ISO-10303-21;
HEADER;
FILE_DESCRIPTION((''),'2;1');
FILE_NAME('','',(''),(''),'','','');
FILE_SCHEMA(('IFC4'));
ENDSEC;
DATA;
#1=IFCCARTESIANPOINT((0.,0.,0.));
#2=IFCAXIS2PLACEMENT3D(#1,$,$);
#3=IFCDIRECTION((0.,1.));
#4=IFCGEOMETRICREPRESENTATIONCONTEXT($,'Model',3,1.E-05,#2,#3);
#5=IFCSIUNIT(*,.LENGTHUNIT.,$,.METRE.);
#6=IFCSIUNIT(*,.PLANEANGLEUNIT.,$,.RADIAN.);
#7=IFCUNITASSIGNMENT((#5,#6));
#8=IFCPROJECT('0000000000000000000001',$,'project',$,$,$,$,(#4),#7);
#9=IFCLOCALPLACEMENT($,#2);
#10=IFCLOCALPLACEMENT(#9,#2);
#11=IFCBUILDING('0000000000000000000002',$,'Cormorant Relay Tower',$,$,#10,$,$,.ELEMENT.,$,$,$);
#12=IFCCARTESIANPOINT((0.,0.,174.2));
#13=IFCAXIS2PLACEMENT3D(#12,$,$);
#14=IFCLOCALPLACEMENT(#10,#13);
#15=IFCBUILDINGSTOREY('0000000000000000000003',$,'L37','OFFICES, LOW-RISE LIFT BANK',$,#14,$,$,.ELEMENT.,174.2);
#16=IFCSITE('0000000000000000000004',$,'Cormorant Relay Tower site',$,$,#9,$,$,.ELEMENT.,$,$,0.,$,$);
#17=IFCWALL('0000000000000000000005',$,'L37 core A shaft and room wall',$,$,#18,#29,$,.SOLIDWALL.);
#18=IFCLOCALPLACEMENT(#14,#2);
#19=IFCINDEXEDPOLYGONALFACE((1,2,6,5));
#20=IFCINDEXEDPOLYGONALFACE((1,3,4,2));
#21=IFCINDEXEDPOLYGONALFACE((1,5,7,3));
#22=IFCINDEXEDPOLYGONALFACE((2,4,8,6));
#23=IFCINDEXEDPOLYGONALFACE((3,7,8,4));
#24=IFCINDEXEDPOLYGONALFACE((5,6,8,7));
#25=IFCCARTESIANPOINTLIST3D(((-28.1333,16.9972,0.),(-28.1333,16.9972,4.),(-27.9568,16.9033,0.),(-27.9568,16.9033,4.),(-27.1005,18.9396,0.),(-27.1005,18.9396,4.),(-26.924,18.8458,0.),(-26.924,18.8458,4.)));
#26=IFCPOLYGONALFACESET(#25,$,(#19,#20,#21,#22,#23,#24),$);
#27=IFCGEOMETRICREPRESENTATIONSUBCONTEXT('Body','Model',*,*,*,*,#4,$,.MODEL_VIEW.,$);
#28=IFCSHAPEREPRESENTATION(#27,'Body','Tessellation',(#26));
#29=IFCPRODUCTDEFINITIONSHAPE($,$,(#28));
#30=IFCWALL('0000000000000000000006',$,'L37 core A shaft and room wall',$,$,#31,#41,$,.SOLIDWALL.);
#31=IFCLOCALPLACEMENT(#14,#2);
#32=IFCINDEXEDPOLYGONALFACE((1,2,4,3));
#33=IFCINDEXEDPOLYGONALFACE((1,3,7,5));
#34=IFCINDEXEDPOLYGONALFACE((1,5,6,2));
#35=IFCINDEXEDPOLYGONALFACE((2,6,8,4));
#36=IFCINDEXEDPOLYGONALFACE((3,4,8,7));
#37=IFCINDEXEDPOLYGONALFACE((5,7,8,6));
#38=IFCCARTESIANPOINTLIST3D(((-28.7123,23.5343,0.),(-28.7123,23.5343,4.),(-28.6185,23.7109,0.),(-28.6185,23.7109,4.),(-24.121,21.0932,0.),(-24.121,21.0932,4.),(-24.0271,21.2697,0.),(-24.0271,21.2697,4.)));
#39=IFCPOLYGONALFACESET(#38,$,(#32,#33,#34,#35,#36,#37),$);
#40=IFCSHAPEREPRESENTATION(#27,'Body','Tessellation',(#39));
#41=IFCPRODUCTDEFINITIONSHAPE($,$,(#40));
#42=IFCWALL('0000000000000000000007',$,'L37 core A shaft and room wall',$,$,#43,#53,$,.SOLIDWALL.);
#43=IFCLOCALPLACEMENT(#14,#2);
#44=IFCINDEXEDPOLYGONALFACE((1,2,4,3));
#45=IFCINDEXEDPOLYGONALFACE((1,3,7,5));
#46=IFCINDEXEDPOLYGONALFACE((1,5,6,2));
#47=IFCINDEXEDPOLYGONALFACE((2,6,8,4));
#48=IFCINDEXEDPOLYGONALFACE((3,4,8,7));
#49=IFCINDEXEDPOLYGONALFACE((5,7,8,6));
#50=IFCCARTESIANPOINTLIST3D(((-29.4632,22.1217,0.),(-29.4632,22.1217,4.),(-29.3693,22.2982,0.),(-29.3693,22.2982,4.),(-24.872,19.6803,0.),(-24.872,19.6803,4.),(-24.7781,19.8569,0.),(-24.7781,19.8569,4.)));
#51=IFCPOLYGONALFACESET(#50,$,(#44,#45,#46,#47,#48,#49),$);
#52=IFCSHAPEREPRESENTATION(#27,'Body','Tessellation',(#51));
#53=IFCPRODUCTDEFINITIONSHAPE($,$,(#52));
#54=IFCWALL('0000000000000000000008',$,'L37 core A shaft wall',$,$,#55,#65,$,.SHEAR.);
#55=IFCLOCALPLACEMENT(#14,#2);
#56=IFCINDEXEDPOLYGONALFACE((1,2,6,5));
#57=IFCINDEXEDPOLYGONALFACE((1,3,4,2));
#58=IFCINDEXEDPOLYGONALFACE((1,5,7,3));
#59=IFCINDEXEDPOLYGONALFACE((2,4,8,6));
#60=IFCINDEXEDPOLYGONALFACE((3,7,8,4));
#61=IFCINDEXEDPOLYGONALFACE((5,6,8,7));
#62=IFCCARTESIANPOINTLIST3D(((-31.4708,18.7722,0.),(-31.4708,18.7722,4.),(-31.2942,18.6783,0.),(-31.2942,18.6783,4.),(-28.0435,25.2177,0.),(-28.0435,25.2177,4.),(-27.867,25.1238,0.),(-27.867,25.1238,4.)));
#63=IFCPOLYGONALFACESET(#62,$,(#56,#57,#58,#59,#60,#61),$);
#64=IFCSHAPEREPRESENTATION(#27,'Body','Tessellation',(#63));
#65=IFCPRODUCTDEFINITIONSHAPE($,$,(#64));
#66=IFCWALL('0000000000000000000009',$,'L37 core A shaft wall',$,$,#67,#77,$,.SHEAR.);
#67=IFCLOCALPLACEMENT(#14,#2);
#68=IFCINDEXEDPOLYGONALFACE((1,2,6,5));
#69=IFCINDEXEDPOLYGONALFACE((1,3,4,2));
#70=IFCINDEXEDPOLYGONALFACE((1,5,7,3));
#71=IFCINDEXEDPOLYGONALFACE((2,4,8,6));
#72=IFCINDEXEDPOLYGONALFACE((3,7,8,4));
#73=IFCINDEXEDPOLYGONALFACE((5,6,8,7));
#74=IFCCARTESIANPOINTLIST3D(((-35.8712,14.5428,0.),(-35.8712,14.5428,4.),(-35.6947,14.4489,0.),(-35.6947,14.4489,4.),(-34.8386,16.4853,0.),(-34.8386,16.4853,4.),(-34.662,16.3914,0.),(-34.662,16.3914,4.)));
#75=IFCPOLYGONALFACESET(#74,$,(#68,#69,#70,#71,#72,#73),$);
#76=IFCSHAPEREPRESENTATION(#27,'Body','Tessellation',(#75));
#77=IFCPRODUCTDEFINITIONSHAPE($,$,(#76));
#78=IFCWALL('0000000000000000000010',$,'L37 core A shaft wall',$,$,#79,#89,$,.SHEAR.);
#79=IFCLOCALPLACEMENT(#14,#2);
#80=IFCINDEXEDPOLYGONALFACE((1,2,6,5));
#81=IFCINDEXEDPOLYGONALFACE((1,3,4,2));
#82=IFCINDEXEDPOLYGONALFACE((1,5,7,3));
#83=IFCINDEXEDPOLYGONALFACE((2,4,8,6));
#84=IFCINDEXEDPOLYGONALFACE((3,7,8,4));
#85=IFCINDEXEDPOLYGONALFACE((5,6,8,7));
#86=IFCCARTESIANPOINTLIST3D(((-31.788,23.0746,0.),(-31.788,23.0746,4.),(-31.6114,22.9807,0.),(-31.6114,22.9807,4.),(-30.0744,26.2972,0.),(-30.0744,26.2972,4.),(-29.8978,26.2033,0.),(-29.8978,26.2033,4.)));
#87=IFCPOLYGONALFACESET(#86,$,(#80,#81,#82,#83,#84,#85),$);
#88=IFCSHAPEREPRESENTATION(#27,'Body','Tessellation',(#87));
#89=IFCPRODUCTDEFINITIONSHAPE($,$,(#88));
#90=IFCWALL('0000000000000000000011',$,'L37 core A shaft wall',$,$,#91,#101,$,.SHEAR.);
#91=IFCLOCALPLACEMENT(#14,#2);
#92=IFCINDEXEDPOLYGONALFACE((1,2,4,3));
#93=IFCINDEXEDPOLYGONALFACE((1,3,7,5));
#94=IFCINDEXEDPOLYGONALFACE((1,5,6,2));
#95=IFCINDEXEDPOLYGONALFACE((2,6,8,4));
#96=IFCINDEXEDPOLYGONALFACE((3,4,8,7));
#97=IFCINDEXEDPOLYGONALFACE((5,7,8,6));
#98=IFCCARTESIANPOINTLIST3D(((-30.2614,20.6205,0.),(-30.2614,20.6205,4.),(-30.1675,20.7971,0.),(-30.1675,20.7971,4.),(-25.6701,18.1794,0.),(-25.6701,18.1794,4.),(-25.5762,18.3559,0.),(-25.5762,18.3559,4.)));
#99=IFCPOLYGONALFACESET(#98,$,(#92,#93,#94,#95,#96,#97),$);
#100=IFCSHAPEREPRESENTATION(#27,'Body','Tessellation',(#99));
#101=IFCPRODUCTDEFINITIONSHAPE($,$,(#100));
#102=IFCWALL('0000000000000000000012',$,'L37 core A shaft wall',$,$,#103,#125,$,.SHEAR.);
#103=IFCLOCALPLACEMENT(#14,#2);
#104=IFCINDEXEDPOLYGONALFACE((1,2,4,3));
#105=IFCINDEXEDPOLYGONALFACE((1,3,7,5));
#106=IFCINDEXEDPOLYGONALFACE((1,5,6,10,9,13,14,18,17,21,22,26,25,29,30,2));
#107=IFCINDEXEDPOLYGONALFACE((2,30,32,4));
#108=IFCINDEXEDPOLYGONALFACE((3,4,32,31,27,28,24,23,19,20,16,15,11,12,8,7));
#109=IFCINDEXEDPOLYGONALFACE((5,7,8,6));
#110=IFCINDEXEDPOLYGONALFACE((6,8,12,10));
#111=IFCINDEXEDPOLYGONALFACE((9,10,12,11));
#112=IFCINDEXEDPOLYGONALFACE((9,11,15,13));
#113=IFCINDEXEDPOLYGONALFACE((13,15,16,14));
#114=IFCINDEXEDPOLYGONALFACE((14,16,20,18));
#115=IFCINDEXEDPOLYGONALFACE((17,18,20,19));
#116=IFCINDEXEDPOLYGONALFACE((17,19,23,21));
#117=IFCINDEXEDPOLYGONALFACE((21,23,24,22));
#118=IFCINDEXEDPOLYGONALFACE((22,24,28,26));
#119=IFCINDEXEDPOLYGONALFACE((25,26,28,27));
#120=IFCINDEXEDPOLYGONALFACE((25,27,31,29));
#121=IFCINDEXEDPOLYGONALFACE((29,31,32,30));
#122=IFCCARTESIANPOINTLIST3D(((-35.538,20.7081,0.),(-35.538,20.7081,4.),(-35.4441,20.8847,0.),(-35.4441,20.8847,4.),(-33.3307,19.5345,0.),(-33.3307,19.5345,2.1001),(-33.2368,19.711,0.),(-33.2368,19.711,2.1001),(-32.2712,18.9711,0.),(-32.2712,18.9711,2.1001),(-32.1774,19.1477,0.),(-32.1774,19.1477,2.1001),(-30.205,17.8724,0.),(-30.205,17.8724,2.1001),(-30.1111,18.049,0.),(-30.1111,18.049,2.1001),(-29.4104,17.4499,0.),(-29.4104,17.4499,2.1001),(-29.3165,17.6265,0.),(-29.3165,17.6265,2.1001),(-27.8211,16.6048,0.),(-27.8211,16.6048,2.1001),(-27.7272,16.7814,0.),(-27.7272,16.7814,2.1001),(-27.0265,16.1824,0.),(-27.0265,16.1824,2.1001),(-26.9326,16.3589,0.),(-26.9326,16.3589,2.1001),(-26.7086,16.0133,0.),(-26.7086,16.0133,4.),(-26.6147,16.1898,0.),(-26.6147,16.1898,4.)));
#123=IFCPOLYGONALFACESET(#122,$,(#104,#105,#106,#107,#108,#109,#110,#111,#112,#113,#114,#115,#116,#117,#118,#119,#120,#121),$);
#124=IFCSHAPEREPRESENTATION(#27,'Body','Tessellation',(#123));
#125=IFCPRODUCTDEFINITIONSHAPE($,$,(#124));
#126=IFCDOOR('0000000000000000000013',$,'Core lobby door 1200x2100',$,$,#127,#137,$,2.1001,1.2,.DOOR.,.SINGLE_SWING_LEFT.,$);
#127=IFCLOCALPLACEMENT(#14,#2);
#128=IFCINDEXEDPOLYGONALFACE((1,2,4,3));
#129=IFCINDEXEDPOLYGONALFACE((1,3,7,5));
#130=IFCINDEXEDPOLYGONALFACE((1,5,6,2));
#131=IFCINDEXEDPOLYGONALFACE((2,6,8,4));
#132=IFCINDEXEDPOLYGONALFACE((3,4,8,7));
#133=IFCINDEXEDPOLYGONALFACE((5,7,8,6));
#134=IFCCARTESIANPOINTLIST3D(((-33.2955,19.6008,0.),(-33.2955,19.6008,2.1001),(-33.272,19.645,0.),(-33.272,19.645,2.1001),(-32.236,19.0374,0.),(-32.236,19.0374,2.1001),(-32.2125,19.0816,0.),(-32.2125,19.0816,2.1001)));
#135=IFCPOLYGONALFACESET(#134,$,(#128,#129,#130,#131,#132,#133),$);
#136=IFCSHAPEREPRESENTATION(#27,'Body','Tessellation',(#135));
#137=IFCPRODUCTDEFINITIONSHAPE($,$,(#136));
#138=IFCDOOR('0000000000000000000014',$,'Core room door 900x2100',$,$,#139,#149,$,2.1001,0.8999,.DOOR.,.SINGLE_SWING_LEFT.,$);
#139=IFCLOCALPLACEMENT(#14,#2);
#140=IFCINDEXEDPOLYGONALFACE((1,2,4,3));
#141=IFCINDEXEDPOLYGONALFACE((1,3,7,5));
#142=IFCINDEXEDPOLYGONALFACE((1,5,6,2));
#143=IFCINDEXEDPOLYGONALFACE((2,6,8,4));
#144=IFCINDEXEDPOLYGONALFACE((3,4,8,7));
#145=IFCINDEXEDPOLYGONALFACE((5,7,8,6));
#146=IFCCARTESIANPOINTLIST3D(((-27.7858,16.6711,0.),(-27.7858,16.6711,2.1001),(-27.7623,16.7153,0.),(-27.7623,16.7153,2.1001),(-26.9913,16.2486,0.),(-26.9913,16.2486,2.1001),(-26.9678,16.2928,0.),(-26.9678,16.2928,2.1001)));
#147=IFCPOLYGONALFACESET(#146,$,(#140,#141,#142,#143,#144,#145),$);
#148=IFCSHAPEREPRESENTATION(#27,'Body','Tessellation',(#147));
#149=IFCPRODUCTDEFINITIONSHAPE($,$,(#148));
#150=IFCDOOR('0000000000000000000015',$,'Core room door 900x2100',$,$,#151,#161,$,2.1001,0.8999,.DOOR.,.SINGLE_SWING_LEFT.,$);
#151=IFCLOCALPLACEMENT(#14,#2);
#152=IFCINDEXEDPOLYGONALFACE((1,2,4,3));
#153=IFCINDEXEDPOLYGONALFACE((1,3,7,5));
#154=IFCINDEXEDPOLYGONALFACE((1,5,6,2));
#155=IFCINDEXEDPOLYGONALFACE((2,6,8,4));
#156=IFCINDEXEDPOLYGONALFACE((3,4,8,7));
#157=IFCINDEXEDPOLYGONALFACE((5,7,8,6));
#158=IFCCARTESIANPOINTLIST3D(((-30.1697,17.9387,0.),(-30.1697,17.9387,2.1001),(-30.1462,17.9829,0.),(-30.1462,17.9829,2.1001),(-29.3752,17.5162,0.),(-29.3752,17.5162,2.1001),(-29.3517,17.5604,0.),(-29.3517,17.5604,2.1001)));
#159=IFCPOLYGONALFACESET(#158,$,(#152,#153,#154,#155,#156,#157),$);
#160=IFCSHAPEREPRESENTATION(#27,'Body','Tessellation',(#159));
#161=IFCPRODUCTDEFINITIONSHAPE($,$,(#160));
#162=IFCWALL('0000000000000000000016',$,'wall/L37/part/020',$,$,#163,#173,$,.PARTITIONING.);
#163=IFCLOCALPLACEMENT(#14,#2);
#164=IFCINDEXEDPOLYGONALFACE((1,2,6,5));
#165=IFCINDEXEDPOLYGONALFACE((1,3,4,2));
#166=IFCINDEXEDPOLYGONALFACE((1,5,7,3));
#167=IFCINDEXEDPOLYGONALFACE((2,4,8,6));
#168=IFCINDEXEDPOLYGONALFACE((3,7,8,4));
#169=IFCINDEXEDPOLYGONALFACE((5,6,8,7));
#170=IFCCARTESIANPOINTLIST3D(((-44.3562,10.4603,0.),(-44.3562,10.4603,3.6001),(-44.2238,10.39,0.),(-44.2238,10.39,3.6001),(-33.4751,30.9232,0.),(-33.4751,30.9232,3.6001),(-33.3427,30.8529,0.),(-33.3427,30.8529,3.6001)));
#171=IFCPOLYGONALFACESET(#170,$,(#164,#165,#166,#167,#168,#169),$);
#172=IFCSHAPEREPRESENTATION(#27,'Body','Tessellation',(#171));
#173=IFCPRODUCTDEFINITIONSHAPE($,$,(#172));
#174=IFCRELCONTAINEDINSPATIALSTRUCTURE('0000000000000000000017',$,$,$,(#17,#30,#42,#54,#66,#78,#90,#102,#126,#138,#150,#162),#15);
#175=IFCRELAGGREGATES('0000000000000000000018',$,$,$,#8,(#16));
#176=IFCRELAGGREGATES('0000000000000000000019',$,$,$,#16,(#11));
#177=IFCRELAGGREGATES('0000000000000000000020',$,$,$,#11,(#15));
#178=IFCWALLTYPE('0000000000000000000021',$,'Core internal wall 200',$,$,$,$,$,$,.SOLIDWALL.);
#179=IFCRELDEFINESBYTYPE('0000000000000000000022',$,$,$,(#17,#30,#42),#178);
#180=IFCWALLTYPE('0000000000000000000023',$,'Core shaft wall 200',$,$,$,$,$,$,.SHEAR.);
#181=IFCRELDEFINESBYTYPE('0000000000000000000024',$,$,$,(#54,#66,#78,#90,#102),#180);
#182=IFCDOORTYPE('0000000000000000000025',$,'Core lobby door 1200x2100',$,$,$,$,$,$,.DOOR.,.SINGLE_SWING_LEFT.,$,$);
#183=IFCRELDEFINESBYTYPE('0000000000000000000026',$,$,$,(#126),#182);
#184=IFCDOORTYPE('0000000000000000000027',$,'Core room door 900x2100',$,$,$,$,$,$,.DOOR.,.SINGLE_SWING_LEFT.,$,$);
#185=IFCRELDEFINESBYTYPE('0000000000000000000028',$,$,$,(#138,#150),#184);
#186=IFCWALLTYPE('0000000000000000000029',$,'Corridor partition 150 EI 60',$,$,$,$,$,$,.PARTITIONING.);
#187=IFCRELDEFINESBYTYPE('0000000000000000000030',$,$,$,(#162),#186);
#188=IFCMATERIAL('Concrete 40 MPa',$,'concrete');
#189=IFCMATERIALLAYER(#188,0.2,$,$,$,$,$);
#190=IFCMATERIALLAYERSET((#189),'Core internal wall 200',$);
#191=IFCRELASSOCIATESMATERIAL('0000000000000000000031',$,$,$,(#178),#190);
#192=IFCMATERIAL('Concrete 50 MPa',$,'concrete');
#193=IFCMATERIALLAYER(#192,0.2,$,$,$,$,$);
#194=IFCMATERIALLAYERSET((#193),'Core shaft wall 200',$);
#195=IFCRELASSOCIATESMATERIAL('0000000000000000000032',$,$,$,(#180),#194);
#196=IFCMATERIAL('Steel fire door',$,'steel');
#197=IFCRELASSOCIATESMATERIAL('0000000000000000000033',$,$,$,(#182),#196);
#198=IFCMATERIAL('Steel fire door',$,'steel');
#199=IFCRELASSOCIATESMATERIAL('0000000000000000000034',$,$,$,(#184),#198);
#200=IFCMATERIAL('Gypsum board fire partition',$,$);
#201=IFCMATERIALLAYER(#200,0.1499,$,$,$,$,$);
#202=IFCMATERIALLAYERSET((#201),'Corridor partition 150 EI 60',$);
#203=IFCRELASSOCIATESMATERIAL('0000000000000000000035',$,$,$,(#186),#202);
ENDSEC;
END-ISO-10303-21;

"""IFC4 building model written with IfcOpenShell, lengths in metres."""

from ifc_helpers import new_model, si_unit, direction, frame, frame_2d, origin, place, context, subcontext, project, spatial, rectangle, extrude, material, layer, layer_set, type_object, element, fill, save


model = new_model("IFC4")

# Units and contexts
model_context = context("Model", 3, precision=1e-05, world=origin(), true_north=direction((0.0, 1.0)))
body_context = subcontext(model_context, "Body", "Model", "MODEL_VIEW")
ifc_project = project(units=[si_unit("LENGTHUNIT", "METRE"), si_unit("PLANEANGLEUNIT", "RADIAN")], contexts=[model_context])

# Site, building, storey
site_placement = place(None, origin())
site = spatial("IfcSite", under=ifc_project, at=site_placement, Name="Cormorant Relay Tower site", CompositionType="ELEMENT", RefElevation=0.0)
building_placement = place(site_placement, origin())
building = spatial("IfcBuilding", under=site, at=building_placement, Name="Cormorant Relay Tower", CompositionType="ELEMENT")
storey_placement = place(building_placement, frame((0.0, 0.0, 174.2)))
storey = spatial("IfcBuildingStorey", under=building, at=storey_placement, Name="L37", Description="OFFICES, LOW-RISE LIFT BANK", CompositionType="ELEMENT", Elevation=174.2)

# Walls
ifc_material_1 = material(Name="Concrete 40 MPa", Category="concrete")
ifc_layer_1 = layer(ifc_material_1, 0.2)
ifc_layer_set_1 = layer_set([ifc_layer_1], Name="Core internal wall 200")
wall_type_1 = type_object("IfcWallType", Name="Core internal wall 200", PredefinedType="SOLIDWALL", material=ifc_layer_set_1)
wall_1_placement = place(storey_placement, frame((-27.0122, 18.8928, 0.0), z_axis=(0.0, 0.0, 1.0), x_axis=(-0.469447, -0.88296, 0.0)))
element("IfcWall", 1, at=wall_1_placement, inside=storey, type_object=wall_type_1, Name="L37 core A shaft and room wall", PredefinedType="SOLIDWALL", context=body_context, shape_type="SweptSolid", body=[
    extrude(rectangle(XDim=2.2, YDim=0.2, at=frame_2d((1.1001, 0.0))), origin(), (0.0, 0.0, 1.0), 4.0),
])
for number, where, z_axis, x_axis, name in (
    (2, (-24.074, 21.1814, 0.0), (0.0, 0.0, 1.0), (-0.882954, 0.46946, 0.0), "L37 core A shaft and room wall"),
    (3, (-24.825, 19.7686, 0.0), (0.0, 0.0, 1.0), (-0.882935, 0.469496, 0.0), "L37 core A shaft and room wall"),
):
    element("IfcWall", number, at=place(storey_placement, frame(where, z_axis=z_axis, x_axis=x_axis)), inside=storey, type_object=wall_type_1, Name=name, PredefinedType="SOLIDWALL", context=body_context, shape_type="SweptSolid", body=[
        extrude(rectangle(XDim=5.2, YDim=0.2, at=frame_2d((2.6001, 0.0))), origin(), (0.0, 0.0, 1.0), 4.0),
    ])
ifc_material_2 = material(Name="Concrete 50 MPa", Category="concrete")
ifc_layer_2 = layer(ifc_material_2, 0.2)
ifc_layer_set_2 = layer_set([ifc_layer_2], Name="Core shaft wall 200")
wall_type_2 = type_object("IfcWallType", Name="Core shaft wall 200", PredefinedType="SHEAR", material=ifc_layer_set_2)
wall_2_placement = place(storey_placement, frame((-27.9553, 25.1707, 0.0), z_axis=(0.0, 0.0, 1.0), x_axis=(-0.46948, -0.882943, 0.0)))
element("IfcWall", 4, at=wall_2_placement, inside=storey, type_object=wall_type_2, Name="L37 core A shaft wall", PredefinedType="SHEAR", context=body_context, shape_type="SweptSolid", body=[
    extrude(rectangle(XDim=7.3, YDim=0.2, at=frame_2d((3.6499, 0.0))), origin(), (0.0, 0.0, 1.0), 4.0),
])
wall_3_placement = place(storey_placement, frame((-34.7502, 16.4385, 0.0), z_axis=(0.0, 0.0, 1.0), x_axis=(-0.469401, -0.882985, 0.0)))
element("IfcWall", 5, at=wall_3_placement, inside=storey, type_object=wall_type_2, Name="L37 core A shaft wall", PredefinedType="SHEAR", context=body_context, shape_type="SweptSolid", body=[
    extrude(rectangle(XDim=2.2, YDim=0.2, at=frame_2d((1.1001, 0.0))), origin(), (0.0, 0.0, 1.0), 4.0),
])
wall_4_placement = place(storey_placement, frame((-29.9861, 26.2502, 0.0), z_axis=(0.0, 0.0, 1.0), x_axis=(-0.469494, -0.882936, 0.0)))
element("IfcWall", 6, at=wall_4_placement, inside=storey, type_object=wall_type_2, Name="L37 core A shaft wall", PredefinedType="SHEAR", context=body_context, shape_type="SweptSolid", body=[
    extrude(rectangle(XDim=3.6499, YDim=0.2, at=frame_2d((1.825, 0.0))), origin(), (0.0, 0.0, 1.0), 4.0),
])

# Wall
wall_5_placement = place(storey_placement, frame((-25.623, 18.2676, 0.0), z_axis=(0.0, 0.0, 1.0), x_axis=(-0.882954, 0.46946, 0.0)))
element("IfcWall", 7, at=wall_5_placement, inside=storey, type_object=wall_type_2, Name="L37 core A shaft wall", PredefinedType="SHEAR", context=body_context, shape_type="SweptSolid", body=[
    extrude(rectangle(XDim=5.2, YDim=0.2, at=frame_2d((2.6001, 0.0))), origin(), (0.0, 0.0, 1.0), 4.0),
])

# Wall, openings, doors
wall_6_placement = place(storey_placement, frame((-26.6616, 16.1016, 0.0), z_axis=(0.0, 0.0, 1.0), x_axis=(-0.88294, 0.469485, 0.0)))
wall_6 = element("IfcWall", 8, at=wall_6_placement, inside=storey, type_object=wall_type_2, Name="L37 core A shaft wall", PredefinedType="SHEAR", context=body_context, shape_type="SweptSolid", body=[
    extrude(rectangle(XDim=10.0, YDim=0.2, at=frame_2d((5.0, 0.0))), origin(), (0.0, 0.0, 1.0), 4.0),
])
opening_1_placement = place(wall_6_placement, frame((6.3, 0.0, 0.0)))
opening_1 = element("IfcOpeningElement", 9, at=opening_1_placement, cuts=wall_6, PredefinedType="OPENING", context=body_context, shape_type="SweptSolid", body=[
    extrude(rectangle(XDim=1.2, YDim=2.1001, at=frame_2d((0.6001, 1.05))), frame((0.0, 0.1099, 0.0), z_axis=(0.0, -1.0, 0.0), x_axis=(1.0, 0.0, 0.0)), (0.0, 0.0, 1.0), 0.22),
])
opening_2_placement = place(wall_6_placement, frame((0.3601, 0.0, 0.0)))
opening_2 = element("IfcOpeningElement", 10, at=opening_2_placement, cuts=wall_6, PredefinedType="OPENING", context=body_context, shape_type="SweptSolid", body=[
    extrude(rectangle(XDim=0.8999, YDim=2.1001, at=frame_2d((0.45, 1.05))), frame((0.0, 0.1099, 0.0), z_axis=(0.0, -1.0, 0.0), x_axis=(1.0, 0.0, 0.0)), (0.0, 0.0, 1.0), 0.22),
])
opening_3_placement = place(wall_6_placement, frame((3.0601, 0.0, 0.0)))
opening_3 = element("IfcOpeningElement", 11, at=opening_3_placement, cuts=wall_6, PredefinedType="OPENING", context=body_context, shape_type="SweptSolid", body=[
    extrude(rectangle(XDim=0.8999, YDim=2.1001, at=frame_2d((0.45, 1.05))), frame((0.0, 0.1099, 0.0), z_axis=(0.0, -1.0, 0.0), x_axis=(1.0, 0.0, 0.0)), (0.0, 0.0, 1.0), 0.22),
])
ifc_material_3 = material(Name="Steel fire door", Category="steel")
door_type_1 = type_object("IfcDoorType", Name="Core lobby door 1200x2100", OperationType="SINGLE_SWING_LEFT", PredefinedType="DOOR", material=ifc_material_3)
door_1_placement = place(opening_1_placement, origin())
door_1 = element("IfcDoor", 12, at=door_1_placement, inside=storey, type_object=door_type_1, Name="Core lobby door 1200x2100", OperationType="SINGLE_SWING_LEFT", OverallHeight=2.1001, OverallWidth=1.2, PredefinedType="DOOR", context=body_context, shape_type="SweptSolid", body=[
    extrude(rectangle(XDim=1.2, YDim=2.1001, at=frame_2d((0.6001, 1.05))), frame((0.0, 0.0249, 0.0), z_axis=(0.0, -1.0, 0.0), x_axis=(1.0, 0.0, 0.0)), (0.0, 0.0, 1.0), 0.05),
])
fill(opening_1, door_1)
ifc_material_4 = material(Name="Steel fire door", Category="steel")
door_type_2 = type_object("IfcDoorType", Name="Core room door 900x2100", OperationType="SINGLE_SWING_LEFT", PredefinedType="DOOR", material=ifc_material_4)
door_2_placement = place(opening_2_placement, origin())
door_2 = element("IfcDoor", 13, at=door_2_placement, inside=storey, type_object=door_type_2, Name="Core room door 900x2100", OperationType="SINGLE_SWING_LEFT", OverallHeight=2.1001, OverallWidth=0.8999, PredefinedType="DOOR", context=body_context, shape_type="SweptSolid", body=[
    extrude(rectangle(XDim=0.8999, YDim=2.1001, at=frame_2d((0.45, 1.05))), frame((0.0, 0.0249, 0.0), z_axis=(0.0, -1.0, 0.0), x_axis=(1.0, 0.0, 0.0)), (0.0, 0.0, 1.0), 0.05),
])
fill(opening_2, door_2)
door_3_placement = place(opening_3_placement, origin())
door_3 = element("IfcDoor", 14, at=door_3_placement, inside=storey, type_object=door_type_2, Name="Core room door 900x2100", OperationType="SINGLE_SWING_LEFT", OverallHeight=2.1001, OverallWidth=0.8999, PredefinedType="DOOR", context=body_context, shape_type="SweptSolid", body=[
    extrude(rectangle(XDim=0.8999, YDim=2.1001, at=frame_2d((0.45, 1.05))), frame((0.0, 0.0249, 0.0), z_axis=(0.0, -1.0, 0.0), x_axis=(1.0, 0.0, 0.0)), (0.0, 0.0, 1.0), 0.05),
])
fill(opening_3, door_3)

# Wall
ifc_material_5 = material(Name="Gypsum board fire partition")
ifc_layer_3 = layer(ifc_material_5, 0.1499)
ifc_layer_set_3 = layer_set([ifc_layer_3], Name="Corridor partition 150 EI 60")
wall_type_3 = type_object("IfcWallType", Name="Corridor partition 150 EI 60", PredefinedType="PARTITIONING", material=ifc_layer_set_3)
wall_7_placement = place(storey_placement, frame((-33.4089, 30.8879, 0.0), z_axis=(0.0, 0.0, 1.0), x_axis=(-0.469498, -0.882933, 0.0)))
element("IfcWall", 15, at=wall_7_placement, inside=storey, type_object=wall_type_3, Name="wall/L37/part/020", PredefinedType="PARTITIONING", context=body_context, shape_type="SweptSolid", body=[
    extrude(rectangle(XDim=23.176, YDim=0.1499, at=frame_2d((11.5879, 0.0))), origin(), (0.0, 0.0, 1.0), 3.6001),
])

save(model, "model.ifc")
